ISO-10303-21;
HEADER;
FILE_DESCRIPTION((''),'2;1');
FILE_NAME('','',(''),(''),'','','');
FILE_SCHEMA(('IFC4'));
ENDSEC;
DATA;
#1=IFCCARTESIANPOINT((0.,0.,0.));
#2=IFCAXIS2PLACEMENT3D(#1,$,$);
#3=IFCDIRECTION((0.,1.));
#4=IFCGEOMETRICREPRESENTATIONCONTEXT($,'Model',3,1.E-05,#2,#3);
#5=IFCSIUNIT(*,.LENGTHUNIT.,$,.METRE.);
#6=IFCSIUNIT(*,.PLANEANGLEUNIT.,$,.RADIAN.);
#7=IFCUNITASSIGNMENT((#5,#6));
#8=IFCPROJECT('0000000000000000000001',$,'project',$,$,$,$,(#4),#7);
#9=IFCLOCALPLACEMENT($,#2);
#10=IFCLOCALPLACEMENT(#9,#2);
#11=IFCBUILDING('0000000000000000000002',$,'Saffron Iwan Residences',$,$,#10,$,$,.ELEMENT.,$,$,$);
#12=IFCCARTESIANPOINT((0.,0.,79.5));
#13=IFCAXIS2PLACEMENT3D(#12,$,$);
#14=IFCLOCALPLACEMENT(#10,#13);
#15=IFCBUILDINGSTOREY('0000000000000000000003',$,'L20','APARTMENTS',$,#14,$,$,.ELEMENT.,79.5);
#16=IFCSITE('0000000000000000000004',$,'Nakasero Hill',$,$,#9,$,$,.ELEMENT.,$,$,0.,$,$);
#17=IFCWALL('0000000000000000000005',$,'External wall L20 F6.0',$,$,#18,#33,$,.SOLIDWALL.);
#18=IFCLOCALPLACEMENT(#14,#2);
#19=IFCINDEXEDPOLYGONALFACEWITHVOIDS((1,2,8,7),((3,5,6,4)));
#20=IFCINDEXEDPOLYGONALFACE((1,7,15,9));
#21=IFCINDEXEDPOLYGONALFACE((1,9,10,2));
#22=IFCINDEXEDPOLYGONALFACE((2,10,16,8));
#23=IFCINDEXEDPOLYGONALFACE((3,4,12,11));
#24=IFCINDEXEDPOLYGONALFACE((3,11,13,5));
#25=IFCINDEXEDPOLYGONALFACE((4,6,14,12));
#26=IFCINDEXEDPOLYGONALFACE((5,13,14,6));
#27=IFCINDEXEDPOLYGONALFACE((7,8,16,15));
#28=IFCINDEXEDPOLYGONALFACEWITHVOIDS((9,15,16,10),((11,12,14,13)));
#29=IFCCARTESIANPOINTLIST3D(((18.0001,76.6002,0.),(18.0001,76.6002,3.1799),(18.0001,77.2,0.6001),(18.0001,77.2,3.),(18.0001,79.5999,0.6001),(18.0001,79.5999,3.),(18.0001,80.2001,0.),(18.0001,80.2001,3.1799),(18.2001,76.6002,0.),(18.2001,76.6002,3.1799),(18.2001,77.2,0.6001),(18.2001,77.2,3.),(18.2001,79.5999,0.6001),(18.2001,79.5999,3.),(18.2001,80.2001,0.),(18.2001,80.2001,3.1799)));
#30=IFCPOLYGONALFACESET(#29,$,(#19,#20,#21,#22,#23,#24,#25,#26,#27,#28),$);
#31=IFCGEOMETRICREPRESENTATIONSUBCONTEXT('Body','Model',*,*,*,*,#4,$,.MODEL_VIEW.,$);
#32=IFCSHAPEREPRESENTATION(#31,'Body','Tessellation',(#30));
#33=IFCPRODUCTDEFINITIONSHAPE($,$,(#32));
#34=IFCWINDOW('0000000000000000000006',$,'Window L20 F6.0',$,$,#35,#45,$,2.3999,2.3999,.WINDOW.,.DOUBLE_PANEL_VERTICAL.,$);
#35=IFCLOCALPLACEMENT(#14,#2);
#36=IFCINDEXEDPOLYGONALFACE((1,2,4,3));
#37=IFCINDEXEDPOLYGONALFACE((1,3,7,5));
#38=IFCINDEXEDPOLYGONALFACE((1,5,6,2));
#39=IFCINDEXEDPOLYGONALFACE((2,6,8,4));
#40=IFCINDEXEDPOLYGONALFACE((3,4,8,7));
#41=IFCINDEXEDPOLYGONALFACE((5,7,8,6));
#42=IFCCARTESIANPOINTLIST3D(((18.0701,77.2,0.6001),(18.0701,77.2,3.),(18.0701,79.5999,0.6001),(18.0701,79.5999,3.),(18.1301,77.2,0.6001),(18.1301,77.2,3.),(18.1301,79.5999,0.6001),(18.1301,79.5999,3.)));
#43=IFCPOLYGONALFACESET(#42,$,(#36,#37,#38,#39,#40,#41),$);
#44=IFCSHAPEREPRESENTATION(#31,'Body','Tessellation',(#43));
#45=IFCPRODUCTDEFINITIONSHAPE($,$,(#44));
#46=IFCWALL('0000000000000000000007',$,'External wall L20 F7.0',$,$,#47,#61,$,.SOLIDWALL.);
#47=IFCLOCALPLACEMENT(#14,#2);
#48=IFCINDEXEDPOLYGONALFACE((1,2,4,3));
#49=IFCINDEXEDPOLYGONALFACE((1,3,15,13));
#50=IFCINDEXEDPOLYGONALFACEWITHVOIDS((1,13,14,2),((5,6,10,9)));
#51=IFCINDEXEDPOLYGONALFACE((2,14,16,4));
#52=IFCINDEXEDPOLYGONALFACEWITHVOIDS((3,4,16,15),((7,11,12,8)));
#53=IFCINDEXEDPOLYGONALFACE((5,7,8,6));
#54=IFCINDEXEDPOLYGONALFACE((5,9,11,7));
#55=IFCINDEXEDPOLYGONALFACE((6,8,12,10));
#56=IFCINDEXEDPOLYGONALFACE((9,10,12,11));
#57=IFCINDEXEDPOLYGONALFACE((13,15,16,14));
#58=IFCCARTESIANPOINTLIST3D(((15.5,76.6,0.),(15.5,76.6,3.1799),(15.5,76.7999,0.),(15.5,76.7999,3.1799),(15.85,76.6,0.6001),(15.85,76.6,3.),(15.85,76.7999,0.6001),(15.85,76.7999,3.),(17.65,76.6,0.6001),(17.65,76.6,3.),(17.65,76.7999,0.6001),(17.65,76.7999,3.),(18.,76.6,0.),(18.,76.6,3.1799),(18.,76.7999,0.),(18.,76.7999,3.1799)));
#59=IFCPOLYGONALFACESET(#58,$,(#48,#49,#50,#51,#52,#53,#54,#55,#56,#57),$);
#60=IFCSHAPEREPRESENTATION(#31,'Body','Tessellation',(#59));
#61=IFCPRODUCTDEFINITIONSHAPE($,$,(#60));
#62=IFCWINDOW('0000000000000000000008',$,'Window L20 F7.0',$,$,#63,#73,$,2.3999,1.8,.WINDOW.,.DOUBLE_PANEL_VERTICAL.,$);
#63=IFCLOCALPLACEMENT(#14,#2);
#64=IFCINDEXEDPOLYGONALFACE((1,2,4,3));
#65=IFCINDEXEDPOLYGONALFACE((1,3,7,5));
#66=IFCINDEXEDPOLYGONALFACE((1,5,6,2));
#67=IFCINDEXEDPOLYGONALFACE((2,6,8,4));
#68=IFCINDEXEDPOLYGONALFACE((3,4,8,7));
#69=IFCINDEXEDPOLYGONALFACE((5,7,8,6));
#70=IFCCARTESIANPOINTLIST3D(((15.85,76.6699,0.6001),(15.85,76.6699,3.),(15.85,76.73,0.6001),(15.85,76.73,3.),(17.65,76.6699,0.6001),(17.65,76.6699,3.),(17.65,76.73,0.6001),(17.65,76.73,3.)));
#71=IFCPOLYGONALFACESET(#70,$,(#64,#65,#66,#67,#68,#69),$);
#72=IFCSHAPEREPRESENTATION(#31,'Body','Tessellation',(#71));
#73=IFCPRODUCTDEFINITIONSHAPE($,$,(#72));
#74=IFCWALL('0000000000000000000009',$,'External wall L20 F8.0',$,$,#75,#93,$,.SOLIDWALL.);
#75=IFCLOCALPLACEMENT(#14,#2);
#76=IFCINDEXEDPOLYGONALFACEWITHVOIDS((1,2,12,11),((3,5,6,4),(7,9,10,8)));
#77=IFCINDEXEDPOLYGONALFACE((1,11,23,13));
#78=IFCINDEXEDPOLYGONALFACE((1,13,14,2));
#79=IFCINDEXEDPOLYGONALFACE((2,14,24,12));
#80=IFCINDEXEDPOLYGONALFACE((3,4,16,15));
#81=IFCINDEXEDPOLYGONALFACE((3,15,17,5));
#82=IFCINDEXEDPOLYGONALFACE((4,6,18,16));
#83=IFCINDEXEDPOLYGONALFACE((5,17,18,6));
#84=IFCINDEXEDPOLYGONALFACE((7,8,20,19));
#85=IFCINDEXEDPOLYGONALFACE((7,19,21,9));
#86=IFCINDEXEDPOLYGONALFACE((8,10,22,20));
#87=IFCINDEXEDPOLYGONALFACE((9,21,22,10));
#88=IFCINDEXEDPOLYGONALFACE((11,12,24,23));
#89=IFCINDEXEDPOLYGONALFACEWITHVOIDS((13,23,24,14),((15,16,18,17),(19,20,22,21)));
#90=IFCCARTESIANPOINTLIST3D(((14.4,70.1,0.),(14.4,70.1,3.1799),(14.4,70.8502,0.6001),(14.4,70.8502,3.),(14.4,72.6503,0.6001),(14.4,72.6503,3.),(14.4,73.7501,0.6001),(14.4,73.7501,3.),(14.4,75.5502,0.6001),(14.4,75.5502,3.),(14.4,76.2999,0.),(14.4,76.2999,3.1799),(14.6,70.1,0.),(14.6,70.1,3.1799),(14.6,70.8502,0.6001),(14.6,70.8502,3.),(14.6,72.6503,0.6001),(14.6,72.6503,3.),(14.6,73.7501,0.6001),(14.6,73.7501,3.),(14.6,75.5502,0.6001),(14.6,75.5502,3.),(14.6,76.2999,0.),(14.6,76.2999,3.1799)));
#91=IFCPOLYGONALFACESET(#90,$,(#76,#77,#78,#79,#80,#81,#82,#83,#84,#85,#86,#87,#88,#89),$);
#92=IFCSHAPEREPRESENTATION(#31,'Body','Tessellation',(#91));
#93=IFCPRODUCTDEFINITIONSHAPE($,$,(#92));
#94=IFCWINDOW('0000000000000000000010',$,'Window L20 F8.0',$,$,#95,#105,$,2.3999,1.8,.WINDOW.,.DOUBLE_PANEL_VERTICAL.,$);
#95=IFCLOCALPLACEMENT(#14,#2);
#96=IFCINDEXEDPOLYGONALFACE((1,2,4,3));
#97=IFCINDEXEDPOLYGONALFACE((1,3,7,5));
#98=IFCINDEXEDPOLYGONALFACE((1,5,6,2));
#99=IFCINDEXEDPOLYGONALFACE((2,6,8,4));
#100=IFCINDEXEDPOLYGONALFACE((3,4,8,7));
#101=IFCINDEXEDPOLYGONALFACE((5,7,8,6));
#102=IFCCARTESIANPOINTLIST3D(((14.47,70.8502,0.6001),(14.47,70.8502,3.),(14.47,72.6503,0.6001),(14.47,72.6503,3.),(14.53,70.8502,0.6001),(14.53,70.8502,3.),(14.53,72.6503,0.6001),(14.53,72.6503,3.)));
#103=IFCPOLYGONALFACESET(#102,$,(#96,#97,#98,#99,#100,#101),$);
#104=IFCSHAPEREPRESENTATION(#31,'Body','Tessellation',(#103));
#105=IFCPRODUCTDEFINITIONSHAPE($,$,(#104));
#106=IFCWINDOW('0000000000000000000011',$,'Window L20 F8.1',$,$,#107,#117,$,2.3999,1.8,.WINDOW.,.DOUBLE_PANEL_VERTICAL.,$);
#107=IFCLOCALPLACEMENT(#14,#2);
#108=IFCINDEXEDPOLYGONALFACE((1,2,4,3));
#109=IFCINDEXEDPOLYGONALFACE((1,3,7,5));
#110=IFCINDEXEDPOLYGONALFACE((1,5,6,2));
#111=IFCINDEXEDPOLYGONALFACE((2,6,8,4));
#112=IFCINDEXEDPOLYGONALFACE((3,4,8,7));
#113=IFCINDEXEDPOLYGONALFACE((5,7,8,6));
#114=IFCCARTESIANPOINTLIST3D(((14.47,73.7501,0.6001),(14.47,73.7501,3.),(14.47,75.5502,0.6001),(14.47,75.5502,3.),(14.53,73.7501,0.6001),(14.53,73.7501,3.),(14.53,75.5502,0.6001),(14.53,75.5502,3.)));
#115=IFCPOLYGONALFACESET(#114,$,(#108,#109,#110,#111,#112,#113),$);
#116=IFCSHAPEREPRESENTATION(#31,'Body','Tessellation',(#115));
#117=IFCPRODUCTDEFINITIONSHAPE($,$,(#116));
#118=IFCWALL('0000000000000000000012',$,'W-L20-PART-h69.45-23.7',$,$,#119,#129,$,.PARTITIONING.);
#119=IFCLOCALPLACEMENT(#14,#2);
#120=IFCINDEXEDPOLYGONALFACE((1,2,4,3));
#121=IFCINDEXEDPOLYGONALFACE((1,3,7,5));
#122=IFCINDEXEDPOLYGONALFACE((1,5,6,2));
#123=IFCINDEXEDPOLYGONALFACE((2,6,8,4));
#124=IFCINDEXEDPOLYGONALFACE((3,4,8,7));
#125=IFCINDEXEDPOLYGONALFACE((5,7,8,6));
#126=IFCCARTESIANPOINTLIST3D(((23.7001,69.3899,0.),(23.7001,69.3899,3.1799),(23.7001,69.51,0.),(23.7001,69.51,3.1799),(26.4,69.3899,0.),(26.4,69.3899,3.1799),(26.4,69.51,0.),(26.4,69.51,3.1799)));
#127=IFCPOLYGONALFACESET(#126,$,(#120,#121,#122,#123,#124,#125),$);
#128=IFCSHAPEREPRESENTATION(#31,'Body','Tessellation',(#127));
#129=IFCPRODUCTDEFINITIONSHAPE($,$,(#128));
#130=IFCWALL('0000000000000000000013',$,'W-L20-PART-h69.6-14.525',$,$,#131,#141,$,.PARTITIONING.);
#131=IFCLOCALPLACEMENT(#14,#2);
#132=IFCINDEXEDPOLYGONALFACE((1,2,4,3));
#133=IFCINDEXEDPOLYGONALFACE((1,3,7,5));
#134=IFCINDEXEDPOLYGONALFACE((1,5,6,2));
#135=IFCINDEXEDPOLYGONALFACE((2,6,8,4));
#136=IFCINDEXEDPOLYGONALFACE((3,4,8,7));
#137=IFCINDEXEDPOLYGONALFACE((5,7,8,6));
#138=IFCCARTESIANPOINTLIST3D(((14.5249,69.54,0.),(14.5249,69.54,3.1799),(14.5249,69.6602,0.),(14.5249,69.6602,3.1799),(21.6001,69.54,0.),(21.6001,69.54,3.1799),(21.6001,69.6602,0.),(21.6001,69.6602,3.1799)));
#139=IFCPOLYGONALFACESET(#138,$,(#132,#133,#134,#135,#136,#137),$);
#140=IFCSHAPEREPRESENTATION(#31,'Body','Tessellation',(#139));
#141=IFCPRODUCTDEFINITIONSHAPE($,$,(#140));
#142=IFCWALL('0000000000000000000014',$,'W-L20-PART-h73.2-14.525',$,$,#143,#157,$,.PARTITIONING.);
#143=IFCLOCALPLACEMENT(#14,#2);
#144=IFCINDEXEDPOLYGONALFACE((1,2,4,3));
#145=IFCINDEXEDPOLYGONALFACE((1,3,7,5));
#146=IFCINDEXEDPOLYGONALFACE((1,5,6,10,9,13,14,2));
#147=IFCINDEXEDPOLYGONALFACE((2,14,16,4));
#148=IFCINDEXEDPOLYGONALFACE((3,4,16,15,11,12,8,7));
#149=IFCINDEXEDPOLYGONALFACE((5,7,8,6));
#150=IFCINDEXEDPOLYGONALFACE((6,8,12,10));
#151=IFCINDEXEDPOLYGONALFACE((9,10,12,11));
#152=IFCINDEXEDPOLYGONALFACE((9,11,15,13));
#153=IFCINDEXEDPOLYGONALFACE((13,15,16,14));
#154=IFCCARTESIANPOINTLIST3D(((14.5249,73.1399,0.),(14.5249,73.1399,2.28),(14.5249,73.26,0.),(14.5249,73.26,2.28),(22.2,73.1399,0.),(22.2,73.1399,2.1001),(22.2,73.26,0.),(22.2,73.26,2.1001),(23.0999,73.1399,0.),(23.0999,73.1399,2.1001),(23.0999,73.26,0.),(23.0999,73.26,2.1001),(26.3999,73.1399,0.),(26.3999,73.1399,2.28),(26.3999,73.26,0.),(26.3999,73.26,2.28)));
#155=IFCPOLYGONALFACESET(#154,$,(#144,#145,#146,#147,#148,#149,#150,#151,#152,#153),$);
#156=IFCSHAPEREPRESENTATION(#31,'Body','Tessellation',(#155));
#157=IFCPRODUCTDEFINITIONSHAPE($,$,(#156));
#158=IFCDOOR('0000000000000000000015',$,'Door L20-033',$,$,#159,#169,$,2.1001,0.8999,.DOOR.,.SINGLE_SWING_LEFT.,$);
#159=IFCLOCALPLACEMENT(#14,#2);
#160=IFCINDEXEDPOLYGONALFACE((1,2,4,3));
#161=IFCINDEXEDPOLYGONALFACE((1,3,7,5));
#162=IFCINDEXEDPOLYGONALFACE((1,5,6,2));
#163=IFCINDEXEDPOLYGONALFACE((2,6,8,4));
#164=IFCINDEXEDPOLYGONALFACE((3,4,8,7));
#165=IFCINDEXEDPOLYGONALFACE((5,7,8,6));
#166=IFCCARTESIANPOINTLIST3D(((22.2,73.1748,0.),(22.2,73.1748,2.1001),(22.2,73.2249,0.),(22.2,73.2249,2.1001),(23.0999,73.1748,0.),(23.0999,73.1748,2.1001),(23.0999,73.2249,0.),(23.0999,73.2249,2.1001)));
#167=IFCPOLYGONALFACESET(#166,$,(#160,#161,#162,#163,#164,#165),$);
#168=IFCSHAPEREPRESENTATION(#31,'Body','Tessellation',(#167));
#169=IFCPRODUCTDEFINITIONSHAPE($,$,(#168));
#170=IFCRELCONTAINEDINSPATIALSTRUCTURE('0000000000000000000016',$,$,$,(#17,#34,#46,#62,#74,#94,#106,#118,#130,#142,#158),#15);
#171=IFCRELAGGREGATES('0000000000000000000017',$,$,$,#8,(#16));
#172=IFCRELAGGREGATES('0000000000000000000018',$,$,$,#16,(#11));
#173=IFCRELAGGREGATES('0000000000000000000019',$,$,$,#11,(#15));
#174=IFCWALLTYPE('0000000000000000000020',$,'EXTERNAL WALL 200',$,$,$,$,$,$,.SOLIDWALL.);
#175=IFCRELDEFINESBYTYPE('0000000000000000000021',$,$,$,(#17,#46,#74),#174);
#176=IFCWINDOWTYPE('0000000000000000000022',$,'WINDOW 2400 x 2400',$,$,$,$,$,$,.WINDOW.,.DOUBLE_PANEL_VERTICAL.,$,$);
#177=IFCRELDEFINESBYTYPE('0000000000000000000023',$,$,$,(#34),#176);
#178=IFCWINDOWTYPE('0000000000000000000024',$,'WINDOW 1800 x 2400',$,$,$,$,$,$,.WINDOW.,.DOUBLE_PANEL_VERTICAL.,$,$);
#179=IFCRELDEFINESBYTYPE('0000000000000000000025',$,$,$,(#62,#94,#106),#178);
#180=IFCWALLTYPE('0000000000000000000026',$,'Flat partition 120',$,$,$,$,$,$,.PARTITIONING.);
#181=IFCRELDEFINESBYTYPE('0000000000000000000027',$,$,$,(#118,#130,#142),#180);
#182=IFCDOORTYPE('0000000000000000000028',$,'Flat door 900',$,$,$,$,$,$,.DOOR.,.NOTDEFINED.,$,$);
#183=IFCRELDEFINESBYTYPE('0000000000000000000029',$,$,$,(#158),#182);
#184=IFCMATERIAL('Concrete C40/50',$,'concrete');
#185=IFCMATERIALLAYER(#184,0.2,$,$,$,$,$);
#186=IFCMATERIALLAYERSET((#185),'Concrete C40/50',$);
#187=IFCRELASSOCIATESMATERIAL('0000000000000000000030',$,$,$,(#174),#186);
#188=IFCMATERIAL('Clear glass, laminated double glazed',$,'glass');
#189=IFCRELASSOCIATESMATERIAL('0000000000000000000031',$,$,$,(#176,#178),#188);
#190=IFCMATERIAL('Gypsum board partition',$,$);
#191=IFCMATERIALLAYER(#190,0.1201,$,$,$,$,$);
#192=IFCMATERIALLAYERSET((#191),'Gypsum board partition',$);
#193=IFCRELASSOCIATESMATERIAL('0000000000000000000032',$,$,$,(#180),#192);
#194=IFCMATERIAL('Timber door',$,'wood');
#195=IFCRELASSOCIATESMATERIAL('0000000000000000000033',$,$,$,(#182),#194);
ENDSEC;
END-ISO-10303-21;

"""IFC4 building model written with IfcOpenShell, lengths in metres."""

from ifc_helpers import new_model, si_unit, direction, frame, frame_2d, origin, place, context, subcontext, project, spatial, rectangle, extrude, material, layer, layer_set, type_object, element, fill, save


model = new_model("IFC4")

# Units and contexts
model_context = context("Model", 3, precision=1e-05, world=origin(), true_north=direction((0.0, 1.0)))
body_context = subcontext(model_context, "Body", "Model", "MODEL_VIEW")
ifc_project = project(units=[si_unit("LENGTHUNIT", "METRE"), si_unit("PLANEANGLEUNIT", "RADIAN")], contexts=[model_context])

# Site, building, storey
site_placement = place(None, origin())
site = spatial("IfcSite", under=ifc_project, at=site_placement, Name="Nakasero Hill", CompositionType="ELEMENT", RefElevation=0.0)
building_placement = place(site_placement, origin())
building = spatial("IfcBuilding", under=site, at=building_placement, Name="Saffron Iwan Residences", CompositionType="ELEMENT")
storey_placement = place(building_placement, frame((0.0, 0.0, 79.5)))
storey = spatial("IfcBuildingStorey", under=building, at=storey_placement, Name="L20", Description="APARTMENTS", CompositionType="ELEMENT", Elevation=79.5)

# Shared definitions
ifc_material_1 = material(Name="Concrete C40/50", Category="concrete")
ifc_layer_1 = layer(ifc_material_1, 0.2)
ifc_layer_set_1 = layer_set([ifc_layer_1], Name="Concrete C40/50")
wall_type_1 = type_object("IfcWallType", Name="EXTERNAL WALL 200", PredefinedType="SOLIDWALL", material=ifc_layer_set_1)

# Walls, openings, windows
wall_1_placement = place(storey_placement, frame((18.1001, 80.2, 0.0), z_axis=(0.0, 0.0, 1.0), x_axis=(0.0, -1.0, 0.0)))
wall_1 = element("IfcWall", 1, at=wall_1_placement, inside=storey, type_object=wall_type_1, Name="External wall L20 F6.0", PredefinedType="SOLIDWALL", context=body_context, shape_type="SweptSolid", body=[
    extrude(rectangle(XDim=3.5999, YDim=0.2, at=frame_2d((1.7998, 0.0))), origin(), (0.0, 0.0, 1.0), 3.1799),
])
opening_1_placement = place(wall_1_placement, frame((0.6001, 0.0, 0.6001)))
opening_1 = element("IfcOpeningElement", 2, at=opening_1_placement, cuts=wall_1, PredefinedType="OPENING", context=body_context, shape_type="SweptSolid", body=[
    extrude(rectangle(XDim=2.3999, YDim=2.3999, at=frame_2d((1.2, 1.2))), frame((0.0, 0.1099, 0.0), z_axis=(0.0, -1.0, 0.0), x_axis=(1.0, 0.0, 0.0)), (0.0, 0.0, 1.0), 0.22),
])
ifc_material_2 = material(Name="Clear glass, laminated double glazed", Category="glass")
window_type_1 = type_object("IfcWindowType", Name="WINDOW 2400 x 2400", PartitioningType="DOUBLE_PANEL_VERTICAL", PredefinedType="WINDOW", material=ifc_material_2)
window_1_placement = place(opening_1_placement, origin())
window_1 = element("IfcWindow", 3, at=window_1_placement, inside=storey, type_object=window_type_1, Name="Window L20 F6.0", OverallHeight=2.3999, OverallWidth=2.3999, PartitioningType="DOUBLE_PANEL_VERTICAL", PredefinedType="WINDOW", context=body_context, shape_type="SweptSolid", body=[
    extrude(rectangle(XDim=2.3999, YDim=2.3999, at=frame_2d((1.2, 1.2))), frame((0.0, 0.03, 0.0), z_axis=(0.0, -1.0, 0.0), x_axis=(1.0, 0.0, 0.0)), (0.0, 0.0, 1.0), 0.0601),
])
fill(opening_1, window_1)
wall_2_placement = place(storey_placement, frame((18.0, 76.7, 0.0), z_axis=(0.0, 0.0, 1.0), x_axis=(-1.0, 0.0, 0.0)))
wall_2 = element("IfcWall", 4, at=wall_2_placement, inside=storey, type_object=wall_type_1, Name="External wall L20 F7.0", PredefinedType="SOLIDWALL", context=body_context, shape_type="SweptSolid", body=[
    extrude(rectangle(XDim=2.5, YDim=0.2, at=frame_2d((1.25, 0.0))), origin(), (0.0, 0.0, 1.0), 3.1799),
])
opening_2_placement = place(wall_2_placement, frame((0.3501, 0.0, 0.6001)))
opening_2 = element("IfcOpeningElement", 5, at=opening_2_placement, cuts=wall_2, PredefinedType="OPENING", context=body_context, shape_type="SweptSolid", body=[
    extrude(rectangle(XDim=1.8, YDim=2.3999, at=frame_2d((0.8999, 1.2))), frame((0.0, 0.1099, 0.0), z_axis=(0.0, -1.0, 0.0), x_axis=(1.0, 0.0, 0.0)), (0.0, 0.0, 1.0), 0.22),
])
window_type_2 = type_object("IfcWindowType", Name="WINDOW 1800 x 2400", PartitioningType="DOUBLE_PANEL_VERTICAL", PredefinedType="WINDOW", material=ifc_material_2)
window_2_placement = place(opening_2_placement, origin())
window_2 = element("IfcWindow", 6, at=window_2_placement, inside=storey, type_object=window_type_2, Name="Window L20 F7.0", OverallHeight=2.3999, OverallWidth=1.8, PartitioningType="DOUBLE_PANEL_VERTICAL", PredefinedType="WINDOW", context=body_context, shape_type="SweptSolid", body=[
    extrude(rectangle(XDim=1.8, YDim=2.3999, at=frame_2d((0.8999, 1.2))), frame((0.0, 0.03, 0.0), z_axis=(0.0, -1.0, 0.0), x_axis=(1.0, 0.0, 0.0)), (0.0, 0.0, 1.0), 0.0601),
])
fill(opening_2, window_2)

# Wall, openings, windows
wall_3_placement = place(storey_placement, frame((14.5, 76.3, 0.0), z_axis=(0.0, 0.0, 1.0), x_axis=(0.0, -1.0, 0.0)))
wall_3 = element("IfcWall", 7, at=wall_3_placement, inside=storey, type_object=wall_type_1, Name="External wall L20 F8.0", PredefinedType="SOLIDWALL", context=body_context, shape_type="SweptSolid", body=[
    extrude(rectangle(XDim=6.2, YDim=0.2, at=frame_2d((3.1001, 0.0))), origin(), (0.0, 0.0, 1.0), 3.1799),
])
opening_3_placement = place(wall_3_placement, frame((3.6499, 0.0, 0.6001)))
opening_3 = element("IfcOpeningElement", 8, at=opening_3_placement, cuts=wall_3, PredefinedType="OPENING", context=body_context, shape_type="SweptSolid", body=[
    extrude(rectangle(XDim=1.8, YDim=2.3999, at=frame_2d((0.8999, 1.2))), frame((0.0, 0.1099, 0.0), z_axis=(0.0, -1.0, 0.0), x_axis=(1.0, 0.0, 0.0)), (0.0, 0.0, 1.0), 0.22),
])
opening_4_placement = place(wall_3_placement, frame((0.75, 0.0, 0.6001)))
opening_4 = element("IfcOpeningElement", 9, at=opening_4_placement, cuts=wall_3, PredefinedType="OPENING", context=body_context, shape_type="SweptSolid", body=[
    extrude(rectangle(XDim=1.8, YDim=2.3999, at=frame_2d((0.8999, 1.2))), frame((0.0, 0.1099, 0.0), z_axis=(0.0, -1.0, 0.0), x_axis=(1.0, 0.0, 0.0)), (0.0, 0.0, 1.0), 0.22),
])
window_3_placement = place(opening_3_placement, origin())
window_3 = element("IfcWindow", 10, at=window_3_placement, inside=storey, type_object=window_type_2, Name="Window L20 F8.0", OverallHeight=2.3999, OverallWidth=1.8, PartitioningType="DOUBLE_PANEL_VERTICAL", PredefinedType="WINDOW", context=body_context, shape_type="SweptSolid", body=[
    extrude(rectangle(XDim=1.8, YDim=2.3999, at=frame_2d((0.8999, 1.2))), frame((0.0, 0.03, 0.0), z_axis=(0.0, -1.0, 0.0), x_axis=(1.0, 0.0, 0.0)), (0.0, 0.0, 1.0), 0.0601),
])
fill(opening_3, window_3)
window_4_placement = place(opening_4_placement, origin())
window_4 = element("IfcWindow", 11, at=window_4_placement, inside=storey, type_object=window_type_2, Name="Window L20 F8.1", OverallHeight=2.3999, OverallWidth=1.8, PartitioningType="DOUBLE_PANEL_VERTICAL", PredefinedType="WINDOW", context=body_context, shape_type="SweptSolid", body=[
    extrude(rectangle(XDim=1.8, YDim=2.3999, at=frame_2d((0.8999, 1.2))), frame((0.0, 0.03, 0.0), z_axis=(0.0, -1.0, 0.0), x_axis=(1.0, 0.0, 0.0)), (0.0, 0.0, 1.0), 0.0601),
])
fill(opening_4, window_4)

# Walls
ifc_material_3 = material(Name="Gypsum board partition")
ifc_layer_2 = layer(ifc_material_3, 0.1201)
ifc_layer_set_2 = layer_set([ifc_layer_2], Name="Gypsum board partition")
wall_type_2 = type_object("IfcWallType", Name="Flat partition 120", PredefinedType="PARTITIONING", material=ifc_layer_set_2)
wall_4_placement = place(storey_placement, frame((23.7, 69.45, 0.0), z_axis=(0.0, 0.0, 1.0), x_axis=(1.0, 0.0, 0.0)))
element("IfcWall", 12, at=wall_4_placement, inside=storey, type_object=wall_type_2, Name="W-L20-PART-h69.45-23.7", PredefinedType="PARTITIONING", context=body_context, shape_type="SweptSolid", body=[
    extrude(rectangle(XDim=2.7, YDim=0.1201, at=frame_2d((1.3501, 0.0))), origin(), (0.0, 0.0, 1.0), 3.1799),
])
wall_5_placement = place(storey_placement, frame((14.5249, 69.6001, 0.0), z_axis=(0.0, 0.0, 1.0), x_axis=(1.0, 0.0, 0.0)))
element("IfcWall", 13, at=wall_5_placement, inside=storey, type_object=wall_type_2, Name="W-L20-PART-h69.6-14.525", PredefinedType="PARTITIONING", context=body_context, shape_type="SweptSolid", body=[
    extrude(rectangle(XDim=7.0752, YDim=0.1201, at=frame_2d((3.5376, 0.0))), origin(), (0.0, 0.0, 1.0), 3.1799),
])

# Wall, opening, door
wall_6_placement = place(storey_placement, frame((14.5249, 73.2, 0.0), z_axis=(0.0, 0.0, 1.0), x_axis=(1.0, 0.0, 0.0)))
wall_6 = element("IfcWall", 14, at=wall_6_placement, inside=storey, type_object=wall_type_2, Name="W-L20-PART-h73.2-14.525", PredefinedType="PARTITIONING", context=body_context, shape_type="SweptSolid", body=[
    extrude(rectangle(XDim=11.875, YDim=0.1201, at=frame_2d((5.9375, 0.0))), origin(), (0.0, 0.0, 1.0), 2.28),
])
opening_5_placement = place(wall_6_placement, frame((7.675, 0.0, 0.0)))
opening_5 = element("IfcOpeningElement", 15, at=opening_5_placement, cuts=wall_6, PredefinedType="OPENING", context=body_context, shape_type="SweptSolid", body=[
    extrude(rectangle(XDim=0.8999, YDim=2.1001, at=frame_2d((0.45, 1.05))), frame((0.0, 0.0701, 0.0), z_axis=(0.0, -1.0, 0.0), x_axis=(1.0, 0.0, 0.0)), (0.0, 0.0, 1.0), 0.1401),
])
ifc_material_4 = material(Name="Timber door", Category="wood")
door_type = type_object("IfcDoorType", Name="Flat door 900", OperationType="NOTDEFINED", PredefinedType="DOOR", material=ifc_material_4)
door_placement = place(opening_5_placement, origin())
door = element("IfcDoor", 16, at=door_placement, inside=storey, type_object=door_type, Name="Door L20-033", OperationType="SINGLE_SWING_LEFT", OverallHeight=2.1001, OverallWidth=0.8999, PredefinedType="DOOR", context=body_context, shape_type="SweptSolid", body=[
    extrude(rectangle(XDim=0.8999, YDim=2.1001, at=frame_2d((0.45, 1.05))), frame((0.0, 0.0249, 0.0), z_axis=(0.0, -1.0, 0.0), x_axis=(1.0, 0.0, 0.0)), (0.0, 0.0, 1.0), 0.05),
])
fill(opening_5, door)

save(model, "model.ifc")
